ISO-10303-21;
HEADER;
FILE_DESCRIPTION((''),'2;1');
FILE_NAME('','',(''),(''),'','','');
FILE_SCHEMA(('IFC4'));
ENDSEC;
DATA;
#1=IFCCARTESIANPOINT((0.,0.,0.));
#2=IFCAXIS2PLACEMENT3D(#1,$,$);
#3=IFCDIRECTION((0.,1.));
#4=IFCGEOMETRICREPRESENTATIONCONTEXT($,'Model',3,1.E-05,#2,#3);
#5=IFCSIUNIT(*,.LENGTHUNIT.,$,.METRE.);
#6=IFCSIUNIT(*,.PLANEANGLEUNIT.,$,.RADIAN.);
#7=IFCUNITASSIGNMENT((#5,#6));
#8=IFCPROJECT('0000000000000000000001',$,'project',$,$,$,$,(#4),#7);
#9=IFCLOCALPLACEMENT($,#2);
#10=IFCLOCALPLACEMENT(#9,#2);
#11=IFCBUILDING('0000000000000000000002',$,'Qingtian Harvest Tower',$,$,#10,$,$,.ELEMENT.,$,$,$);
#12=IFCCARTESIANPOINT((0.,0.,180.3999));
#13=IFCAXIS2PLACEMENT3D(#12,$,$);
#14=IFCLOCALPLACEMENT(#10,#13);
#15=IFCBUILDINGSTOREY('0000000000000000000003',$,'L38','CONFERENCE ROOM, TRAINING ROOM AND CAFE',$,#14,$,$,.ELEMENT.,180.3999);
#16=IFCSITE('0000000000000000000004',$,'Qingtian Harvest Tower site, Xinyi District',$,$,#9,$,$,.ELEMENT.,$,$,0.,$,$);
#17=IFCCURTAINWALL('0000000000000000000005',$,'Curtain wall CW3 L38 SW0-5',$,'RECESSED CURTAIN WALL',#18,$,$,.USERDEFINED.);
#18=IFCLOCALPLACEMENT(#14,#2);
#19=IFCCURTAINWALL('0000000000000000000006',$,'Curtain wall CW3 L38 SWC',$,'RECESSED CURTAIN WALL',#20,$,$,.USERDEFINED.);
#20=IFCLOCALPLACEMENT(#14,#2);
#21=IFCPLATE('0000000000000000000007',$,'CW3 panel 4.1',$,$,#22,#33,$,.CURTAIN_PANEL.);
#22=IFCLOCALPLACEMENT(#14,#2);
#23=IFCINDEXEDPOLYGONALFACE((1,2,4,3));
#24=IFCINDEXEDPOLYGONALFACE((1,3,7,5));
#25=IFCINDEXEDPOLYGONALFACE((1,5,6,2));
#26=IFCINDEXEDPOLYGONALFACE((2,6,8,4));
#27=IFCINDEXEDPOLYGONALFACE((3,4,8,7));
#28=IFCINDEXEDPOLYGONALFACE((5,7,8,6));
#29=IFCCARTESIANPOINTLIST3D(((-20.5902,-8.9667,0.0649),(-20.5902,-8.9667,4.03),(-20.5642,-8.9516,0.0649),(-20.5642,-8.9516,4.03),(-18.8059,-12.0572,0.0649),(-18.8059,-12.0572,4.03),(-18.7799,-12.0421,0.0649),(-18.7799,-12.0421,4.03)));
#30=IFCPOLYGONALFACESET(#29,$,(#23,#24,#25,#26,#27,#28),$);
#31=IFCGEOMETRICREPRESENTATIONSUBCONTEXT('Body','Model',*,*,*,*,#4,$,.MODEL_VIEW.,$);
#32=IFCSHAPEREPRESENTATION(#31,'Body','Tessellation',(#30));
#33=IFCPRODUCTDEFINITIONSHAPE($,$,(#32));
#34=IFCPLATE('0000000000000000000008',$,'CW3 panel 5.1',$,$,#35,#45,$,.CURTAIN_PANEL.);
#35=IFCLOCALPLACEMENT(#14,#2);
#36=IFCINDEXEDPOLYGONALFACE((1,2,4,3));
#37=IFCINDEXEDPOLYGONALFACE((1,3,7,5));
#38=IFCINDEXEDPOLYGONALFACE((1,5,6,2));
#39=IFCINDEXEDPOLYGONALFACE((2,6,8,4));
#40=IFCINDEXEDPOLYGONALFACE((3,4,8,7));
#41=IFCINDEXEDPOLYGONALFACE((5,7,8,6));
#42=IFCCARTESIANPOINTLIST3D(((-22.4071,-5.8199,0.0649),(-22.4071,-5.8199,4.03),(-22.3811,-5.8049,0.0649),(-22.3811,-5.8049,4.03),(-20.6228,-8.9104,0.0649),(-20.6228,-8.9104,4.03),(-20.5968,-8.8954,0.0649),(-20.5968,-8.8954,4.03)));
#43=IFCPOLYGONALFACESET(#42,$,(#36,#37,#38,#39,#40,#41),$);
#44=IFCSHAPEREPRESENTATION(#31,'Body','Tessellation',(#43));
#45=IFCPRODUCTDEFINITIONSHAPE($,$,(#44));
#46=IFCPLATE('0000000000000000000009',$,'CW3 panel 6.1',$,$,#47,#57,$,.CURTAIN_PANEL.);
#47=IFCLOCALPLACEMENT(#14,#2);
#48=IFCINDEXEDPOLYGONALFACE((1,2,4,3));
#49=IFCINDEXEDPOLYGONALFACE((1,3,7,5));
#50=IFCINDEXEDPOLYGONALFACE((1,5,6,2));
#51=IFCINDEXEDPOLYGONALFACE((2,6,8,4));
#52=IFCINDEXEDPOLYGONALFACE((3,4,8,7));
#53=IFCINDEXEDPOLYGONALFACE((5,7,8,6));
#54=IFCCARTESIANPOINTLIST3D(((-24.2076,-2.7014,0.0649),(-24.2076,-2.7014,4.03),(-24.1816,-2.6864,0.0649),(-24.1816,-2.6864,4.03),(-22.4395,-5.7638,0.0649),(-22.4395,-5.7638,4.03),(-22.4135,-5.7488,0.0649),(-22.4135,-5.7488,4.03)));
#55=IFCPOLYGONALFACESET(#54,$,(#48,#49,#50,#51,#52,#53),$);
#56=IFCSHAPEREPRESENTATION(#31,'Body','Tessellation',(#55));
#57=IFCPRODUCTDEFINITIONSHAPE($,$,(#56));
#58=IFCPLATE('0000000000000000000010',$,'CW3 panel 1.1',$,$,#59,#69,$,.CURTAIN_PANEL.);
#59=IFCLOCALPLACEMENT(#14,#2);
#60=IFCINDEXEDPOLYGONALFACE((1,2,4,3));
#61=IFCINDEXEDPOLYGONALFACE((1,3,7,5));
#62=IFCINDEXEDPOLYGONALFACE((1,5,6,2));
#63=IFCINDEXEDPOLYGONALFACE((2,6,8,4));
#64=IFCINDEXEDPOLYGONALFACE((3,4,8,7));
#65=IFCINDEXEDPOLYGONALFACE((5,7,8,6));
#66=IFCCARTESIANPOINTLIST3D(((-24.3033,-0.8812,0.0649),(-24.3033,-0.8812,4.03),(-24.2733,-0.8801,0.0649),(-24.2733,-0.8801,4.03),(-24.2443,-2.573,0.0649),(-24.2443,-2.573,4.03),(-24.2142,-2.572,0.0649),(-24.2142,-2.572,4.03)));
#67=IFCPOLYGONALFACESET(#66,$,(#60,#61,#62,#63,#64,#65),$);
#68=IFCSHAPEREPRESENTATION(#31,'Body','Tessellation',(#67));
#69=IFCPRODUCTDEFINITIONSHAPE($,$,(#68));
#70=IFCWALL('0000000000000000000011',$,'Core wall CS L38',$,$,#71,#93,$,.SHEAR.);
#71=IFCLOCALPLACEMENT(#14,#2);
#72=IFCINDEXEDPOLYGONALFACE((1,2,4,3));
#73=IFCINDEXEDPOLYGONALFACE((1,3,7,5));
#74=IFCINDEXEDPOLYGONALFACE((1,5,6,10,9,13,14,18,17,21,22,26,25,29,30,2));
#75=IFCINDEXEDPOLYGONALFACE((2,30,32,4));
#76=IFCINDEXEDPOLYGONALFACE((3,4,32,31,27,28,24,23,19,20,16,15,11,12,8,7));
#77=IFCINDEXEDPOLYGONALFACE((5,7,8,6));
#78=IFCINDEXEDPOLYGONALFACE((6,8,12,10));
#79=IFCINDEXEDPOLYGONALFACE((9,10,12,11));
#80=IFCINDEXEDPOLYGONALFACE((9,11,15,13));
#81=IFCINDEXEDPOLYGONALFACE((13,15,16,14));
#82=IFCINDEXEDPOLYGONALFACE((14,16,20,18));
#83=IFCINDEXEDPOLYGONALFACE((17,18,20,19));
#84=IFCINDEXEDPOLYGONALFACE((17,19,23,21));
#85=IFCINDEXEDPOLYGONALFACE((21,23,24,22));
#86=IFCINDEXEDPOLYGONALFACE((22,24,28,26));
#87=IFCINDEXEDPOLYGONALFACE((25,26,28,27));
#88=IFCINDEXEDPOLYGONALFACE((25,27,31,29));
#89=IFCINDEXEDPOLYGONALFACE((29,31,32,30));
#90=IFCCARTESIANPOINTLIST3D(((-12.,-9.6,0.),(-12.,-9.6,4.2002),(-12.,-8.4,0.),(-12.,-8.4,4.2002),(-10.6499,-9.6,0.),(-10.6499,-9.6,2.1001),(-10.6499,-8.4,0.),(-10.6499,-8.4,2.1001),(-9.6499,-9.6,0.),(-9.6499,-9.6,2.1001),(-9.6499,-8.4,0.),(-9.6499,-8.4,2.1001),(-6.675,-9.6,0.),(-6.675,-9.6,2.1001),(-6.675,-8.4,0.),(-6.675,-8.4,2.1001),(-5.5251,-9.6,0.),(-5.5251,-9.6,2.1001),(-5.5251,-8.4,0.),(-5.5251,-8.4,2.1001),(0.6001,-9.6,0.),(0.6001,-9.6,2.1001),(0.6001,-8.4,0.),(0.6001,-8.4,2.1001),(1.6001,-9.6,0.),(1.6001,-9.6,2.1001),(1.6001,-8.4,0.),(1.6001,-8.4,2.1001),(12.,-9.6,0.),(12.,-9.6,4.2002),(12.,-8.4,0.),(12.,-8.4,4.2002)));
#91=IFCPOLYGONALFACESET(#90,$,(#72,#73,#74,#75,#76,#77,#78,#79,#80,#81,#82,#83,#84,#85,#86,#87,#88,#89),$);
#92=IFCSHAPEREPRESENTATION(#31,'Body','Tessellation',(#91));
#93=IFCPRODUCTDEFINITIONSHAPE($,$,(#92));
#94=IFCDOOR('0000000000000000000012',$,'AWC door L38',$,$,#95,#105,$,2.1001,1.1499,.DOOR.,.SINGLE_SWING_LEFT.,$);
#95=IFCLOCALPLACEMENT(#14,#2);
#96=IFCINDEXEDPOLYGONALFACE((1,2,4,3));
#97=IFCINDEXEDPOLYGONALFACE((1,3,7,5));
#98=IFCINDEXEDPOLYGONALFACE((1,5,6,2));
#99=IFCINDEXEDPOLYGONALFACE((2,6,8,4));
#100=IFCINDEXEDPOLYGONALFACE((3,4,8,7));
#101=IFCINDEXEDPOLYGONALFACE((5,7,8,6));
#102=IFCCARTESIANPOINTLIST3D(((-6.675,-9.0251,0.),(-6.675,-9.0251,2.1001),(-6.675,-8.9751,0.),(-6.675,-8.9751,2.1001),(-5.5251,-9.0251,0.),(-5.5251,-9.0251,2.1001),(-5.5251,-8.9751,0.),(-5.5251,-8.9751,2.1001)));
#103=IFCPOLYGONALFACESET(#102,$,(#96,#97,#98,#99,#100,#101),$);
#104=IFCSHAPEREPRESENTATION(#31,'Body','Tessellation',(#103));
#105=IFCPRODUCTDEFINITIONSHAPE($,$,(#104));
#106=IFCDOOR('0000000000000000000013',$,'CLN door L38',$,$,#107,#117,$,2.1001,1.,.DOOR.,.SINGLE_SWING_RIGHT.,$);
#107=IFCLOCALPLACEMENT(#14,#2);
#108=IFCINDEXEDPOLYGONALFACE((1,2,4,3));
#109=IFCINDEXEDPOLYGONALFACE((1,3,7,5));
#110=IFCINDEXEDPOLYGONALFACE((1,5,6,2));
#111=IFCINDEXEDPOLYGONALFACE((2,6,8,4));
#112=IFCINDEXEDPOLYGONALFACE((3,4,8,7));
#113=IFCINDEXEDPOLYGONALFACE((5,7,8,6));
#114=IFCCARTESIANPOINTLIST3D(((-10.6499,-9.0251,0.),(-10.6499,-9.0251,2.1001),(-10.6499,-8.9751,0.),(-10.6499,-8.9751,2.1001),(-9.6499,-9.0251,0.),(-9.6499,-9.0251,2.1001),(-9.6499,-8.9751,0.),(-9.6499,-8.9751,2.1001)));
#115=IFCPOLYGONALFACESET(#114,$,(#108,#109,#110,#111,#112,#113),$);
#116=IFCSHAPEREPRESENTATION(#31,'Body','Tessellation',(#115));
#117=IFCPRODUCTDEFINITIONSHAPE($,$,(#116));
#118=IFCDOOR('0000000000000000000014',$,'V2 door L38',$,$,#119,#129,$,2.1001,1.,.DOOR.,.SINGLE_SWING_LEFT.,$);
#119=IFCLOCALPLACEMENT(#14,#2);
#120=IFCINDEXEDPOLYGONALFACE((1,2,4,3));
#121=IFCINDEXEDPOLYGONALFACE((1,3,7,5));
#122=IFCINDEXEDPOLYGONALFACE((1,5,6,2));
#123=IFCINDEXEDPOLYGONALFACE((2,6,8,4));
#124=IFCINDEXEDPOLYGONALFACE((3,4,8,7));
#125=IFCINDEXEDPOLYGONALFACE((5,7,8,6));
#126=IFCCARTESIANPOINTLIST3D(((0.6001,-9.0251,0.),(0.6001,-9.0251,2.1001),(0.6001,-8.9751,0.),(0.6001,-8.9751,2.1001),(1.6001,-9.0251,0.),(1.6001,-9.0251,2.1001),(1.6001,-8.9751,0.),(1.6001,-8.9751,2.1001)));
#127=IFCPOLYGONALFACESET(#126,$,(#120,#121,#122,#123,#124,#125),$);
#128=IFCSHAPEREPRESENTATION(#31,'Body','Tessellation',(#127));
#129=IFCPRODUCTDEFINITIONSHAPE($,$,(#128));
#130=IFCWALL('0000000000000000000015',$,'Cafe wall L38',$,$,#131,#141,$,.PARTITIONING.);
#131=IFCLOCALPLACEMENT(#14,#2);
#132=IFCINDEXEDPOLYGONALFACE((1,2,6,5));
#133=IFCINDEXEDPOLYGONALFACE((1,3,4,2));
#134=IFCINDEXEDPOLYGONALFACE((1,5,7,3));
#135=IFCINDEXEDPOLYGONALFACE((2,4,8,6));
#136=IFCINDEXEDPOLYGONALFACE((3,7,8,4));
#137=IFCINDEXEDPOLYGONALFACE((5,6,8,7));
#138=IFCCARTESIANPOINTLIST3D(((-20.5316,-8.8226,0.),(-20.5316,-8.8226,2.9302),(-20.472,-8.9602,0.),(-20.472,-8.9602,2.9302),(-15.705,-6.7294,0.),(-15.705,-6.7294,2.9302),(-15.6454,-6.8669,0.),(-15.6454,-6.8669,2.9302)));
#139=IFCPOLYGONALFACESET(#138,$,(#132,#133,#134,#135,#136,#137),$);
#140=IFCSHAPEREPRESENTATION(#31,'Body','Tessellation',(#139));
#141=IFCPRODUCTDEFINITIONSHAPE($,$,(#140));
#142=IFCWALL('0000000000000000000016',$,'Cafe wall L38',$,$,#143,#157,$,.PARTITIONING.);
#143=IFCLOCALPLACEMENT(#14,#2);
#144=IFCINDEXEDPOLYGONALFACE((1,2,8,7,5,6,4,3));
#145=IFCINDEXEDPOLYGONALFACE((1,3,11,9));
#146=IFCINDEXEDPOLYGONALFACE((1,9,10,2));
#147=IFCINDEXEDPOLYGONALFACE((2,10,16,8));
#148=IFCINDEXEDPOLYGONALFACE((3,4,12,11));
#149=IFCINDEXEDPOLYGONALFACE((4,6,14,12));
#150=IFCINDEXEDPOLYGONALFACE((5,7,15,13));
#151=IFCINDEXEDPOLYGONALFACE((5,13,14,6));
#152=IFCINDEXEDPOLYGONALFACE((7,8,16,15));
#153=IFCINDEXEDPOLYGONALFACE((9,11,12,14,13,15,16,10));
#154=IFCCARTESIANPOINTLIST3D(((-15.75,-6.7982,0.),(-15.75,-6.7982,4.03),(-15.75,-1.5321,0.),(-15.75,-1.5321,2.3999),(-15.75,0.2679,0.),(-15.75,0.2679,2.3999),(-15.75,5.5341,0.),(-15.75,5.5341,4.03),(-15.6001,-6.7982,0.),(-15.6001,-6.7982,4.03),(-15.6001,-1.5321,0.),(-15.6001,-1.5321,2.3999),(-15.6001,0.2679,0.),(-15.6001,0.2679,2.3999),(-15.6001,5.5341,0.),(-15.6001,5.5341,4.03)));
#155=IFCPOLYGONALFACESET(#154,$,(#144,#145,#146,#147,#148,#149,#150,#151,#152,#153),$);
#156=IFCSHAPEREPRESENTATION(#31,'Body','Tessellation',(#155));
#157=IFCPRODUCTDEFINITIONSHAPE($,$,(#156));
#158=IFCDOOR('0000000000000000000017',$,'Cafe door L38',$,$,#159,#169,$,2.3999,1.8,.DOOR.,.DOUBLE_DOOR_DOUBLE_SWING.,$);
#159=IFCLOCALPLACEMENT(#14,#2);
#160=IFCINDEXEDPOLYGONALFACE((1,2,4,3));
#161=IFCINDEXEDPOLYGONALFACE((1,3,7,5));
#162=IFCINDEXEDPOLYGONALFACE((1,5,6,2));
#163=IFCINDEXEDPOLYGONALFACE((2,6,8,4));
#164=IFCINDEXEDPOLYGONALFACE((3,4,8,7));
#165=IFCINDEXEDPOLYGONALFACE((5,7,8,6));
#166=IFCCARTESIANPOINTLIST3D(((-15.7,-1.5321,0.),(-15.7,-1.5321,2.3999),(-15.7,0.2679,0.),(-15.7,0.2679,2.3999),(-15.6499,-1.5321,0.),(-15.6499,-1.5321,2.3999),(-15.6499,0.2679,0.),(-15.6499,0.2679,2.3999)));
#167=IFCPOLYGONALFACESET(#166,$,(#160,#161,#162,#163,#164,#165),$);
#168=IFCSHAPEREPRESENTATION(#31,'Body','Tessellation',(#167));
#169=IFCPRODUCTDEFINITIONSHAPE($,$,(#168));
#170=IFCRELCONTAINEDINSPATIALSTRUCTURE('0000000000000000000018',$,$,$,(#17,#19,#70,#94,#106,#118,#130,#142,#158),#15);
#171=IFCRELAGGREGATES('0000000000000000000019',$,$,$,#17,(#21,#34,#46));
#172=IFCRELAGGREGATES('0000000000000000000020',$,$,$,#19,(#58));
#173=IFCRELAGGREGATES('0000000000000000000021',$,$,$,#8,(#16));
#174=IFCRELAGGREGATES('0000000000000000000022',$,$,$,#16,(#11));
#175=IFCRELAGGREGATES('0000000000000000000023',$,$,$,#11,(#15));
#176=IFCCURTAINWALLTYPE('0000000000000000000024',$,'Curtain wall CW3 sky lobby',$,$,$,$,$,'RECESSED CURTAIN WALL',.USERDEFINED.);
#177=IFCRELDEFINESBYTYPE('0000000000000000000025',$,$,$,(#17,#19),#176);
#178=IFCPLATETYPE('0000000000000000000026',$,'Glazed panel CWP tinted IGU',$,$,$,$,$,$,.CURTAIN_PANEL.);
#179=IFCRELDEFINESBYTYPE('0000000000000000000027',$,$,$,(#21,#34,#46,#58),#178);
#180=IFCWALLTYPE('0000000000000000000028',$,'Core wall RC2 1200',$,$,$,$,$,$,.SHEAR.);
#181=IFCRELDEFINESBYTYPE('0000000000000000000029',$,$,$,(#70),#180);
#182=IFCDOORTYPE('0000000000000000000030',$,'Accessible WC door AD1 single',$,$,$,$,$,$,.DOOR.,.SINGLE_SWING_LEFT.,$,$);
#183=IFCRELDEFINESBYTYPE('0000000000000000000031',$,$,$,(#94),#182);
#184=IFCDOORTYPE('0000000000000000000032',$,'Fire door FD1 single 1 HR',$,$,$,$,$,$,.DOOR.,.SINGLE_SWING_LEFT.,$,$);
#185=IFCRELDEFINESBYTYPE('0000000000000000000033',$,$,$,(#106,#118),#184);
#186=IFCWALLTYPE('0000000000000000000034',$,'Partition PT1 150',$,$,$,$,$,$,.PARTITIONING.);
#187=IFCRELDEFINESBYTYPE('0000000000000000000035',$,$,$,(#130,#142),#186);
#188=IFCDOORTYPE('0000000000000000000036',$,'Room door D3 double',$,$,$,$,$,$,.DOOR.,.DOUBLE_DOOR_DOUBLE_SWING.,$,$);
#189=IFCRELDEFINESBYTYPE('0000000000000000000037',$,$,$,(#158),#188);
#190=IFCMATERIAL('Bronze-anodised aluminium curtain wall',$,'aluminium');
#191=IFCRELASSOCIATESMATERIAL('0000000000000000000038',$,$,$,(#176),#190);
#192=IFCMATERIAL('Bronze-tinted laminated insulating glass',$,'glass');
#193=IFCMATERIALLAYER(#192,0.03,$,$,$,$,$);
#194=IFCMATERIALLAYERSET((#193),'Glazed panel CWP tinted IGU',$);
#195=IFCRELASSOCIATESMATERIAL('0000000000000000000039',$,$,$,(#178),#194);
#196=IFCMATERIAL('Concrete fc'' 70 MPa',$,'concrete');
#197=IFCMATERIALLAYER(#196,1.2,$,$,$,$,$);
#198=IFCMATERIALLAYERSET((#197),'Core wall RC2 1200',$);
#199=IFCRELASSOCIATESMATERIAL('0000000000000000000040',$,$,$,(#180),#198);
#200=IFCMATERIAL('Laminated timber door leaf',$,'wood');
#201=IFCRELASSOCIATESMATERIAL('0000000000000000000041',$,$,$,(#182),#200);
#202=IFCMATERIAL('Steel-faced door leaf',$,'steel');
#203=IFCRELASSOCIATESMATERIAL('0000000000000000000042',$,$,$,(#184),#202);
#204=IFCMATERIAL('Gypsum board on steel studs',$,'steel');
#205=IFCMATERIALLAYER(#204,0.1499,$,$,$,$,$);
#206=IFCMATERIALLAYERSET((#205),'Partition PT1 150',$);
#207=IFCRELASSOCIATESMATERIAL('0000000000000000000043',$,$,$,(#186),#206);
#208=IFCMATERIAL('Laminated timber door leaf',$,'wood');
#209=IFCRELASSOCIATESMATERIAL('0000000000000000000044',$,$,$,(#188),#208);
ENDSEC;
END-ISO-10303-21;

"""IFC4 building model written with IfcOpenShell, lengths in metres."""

from ifc_helpers import new_model, si_unit, direction, frame, frame_2d, origin, origin_2d, place, context, subcontext, project, spatial, rectangle, extrude, material, layer, layer_set, type_object, element, fill, aggregate, save


model = new_model("IFC4")

# Units and contexts
model_context = context("Model", 3, precision=1e-05, world=origin(), true_north=direction((0.0, 1.0)))
body_context = subcontext(model_context, "Body", "Model", "MODEL_VIEW")
ifc_project = project(units=[si_unit("LENGTHUNIT", "METRE"), si_unit("PLANEANGLEUNIT", "RADIAN")], contexts=[model_context])

# Site, building, storey
site_placement = place(None, origin())
site = spatial("IfcSite", under=ifc_project, at=site_placement, Name="Qingtian Harvest Tower site, Xinyi District", CompositionType="ELEMENT", RefElevation=0.0)
building_placement = place(site_placement, origin())
building = spatial("IfcBuilding", under=site, at=building_placement, Name="Qingtian Harvest Tower", CompositionType="ELEMENT")
storey_placement = place(building_placement, frame((0.0, 0.0, 180.3999)))
storey = spatial("IfcBuildingStorey", under=building, at=storey_placement, Name="L38", Description="CONFERENCE ROOM, TRAINING ROOM AND CAFE", CompositionType="ELEMENT", Elevation=180.3999)

# Curtain walls
ifc_material_1 = material(Name="Bronze-anodised aluminium curtain wall", Category="aluminium")
curtain_wall_type = type_object("IfcCurtainWallType", Name="Curtain wall CW3 sky lobby", ElementType="RECESSED CURTAIN WALL", PredefinedType="USERDEFINED", material=ifc_material_1)
curtain_wall_1_placement = place(storey_placement, origin())
curtain_wall_1 = element("IfcCurtainWall", 1, at=curtain_wall_1_placement, inside=storey, type_object=curtain_wall_type, Name="Curtain wall CW3 L38 SW0-5", ObjectType="RECESSED CURTAIN WALL", PredefinedType="USERDEFINED")
curtain_wall_2_placement = place(storey_placement, origin())
curtain_wall_2 = element("IfcCurtainWall", 2, at=curtain_wall_2_placement, inside=storey, type_object=curtain_wall_type, Name="Curtain wall CW3 L38 SWC", ObjectType="RECESSED CURTAIN WALL", PredefinedType="USERDEFINED")

# Plates
ifc_material_2 = material(Name="Bronze-tinted laminated insulating glass", Category="glass")
ifc_layer_1 = layer(ifc_material_2, 0.03)
ifc_layer_set_1 = layer_set([ifc_layer_1], Name="Glazed panel CWP tinted IGU")
plate_type = type_object("IfcPlateType", Name="Glazed panel CWP tinted IGU", PredefinedType="CURTAIN_PANEL", material=ifc_layer_set_1)
plate_1_placement = place(storey_placement, frame((-19.6851, -10.5044, 0.0649), z_axis=(0.0, 0.0, 1.0), x_axis=(-0.5, 0.866025, 0.0)))
plate_1 = element("IfcPlate", 3, at=plate_1_placement, type_object=plate_type, Name="CW3 panel 4.1", PredefinedType="CURTAIN_PANEL", context=body_context, shape_type="SweptSolid", body=[
    extrude(rectangle(XDim=3.5686, YDim=0.03, at=origin_2d()), origin(), (0.0, 0.0, 1.0), 3.9651),
])
plate_2_placement = place(storey_placement, frame((-21.502, -7.3577, 0.0649), z_axis=(0.0, 0.0, 1.0), x_axis=(-0.5, 0.866025, 0.0)))
plate_2 = element("IfcPlate", 4, at=plate_2_placement, type_object=plate_type, Name="CW3 panel 5.1", PredefinedType="CURTAIN_PANEL", context=body_context, shape_type="SweptSolid", body=[
    extrude(rectangle(XDim=3.5686, YDim=0.03, at=origin_2d()), origin(), (0.0, 0.0, 1.0), 3.9651),
])
plate_3_placement = place(storey_placement, frame((-23.3105, -4.2251, 0.0649), z_axis=(0.0, 0.0, 1.0), x_axis=(-0.5, 0.866025, 0.0)))
plate_3 = element("IfcPlate", 5, at=plate_3_placement, type_object=plate_type, Name="CW3 panel 6.1", PredefinedType="CURTAIN_PANEL", context=body_context, shape_type="SweptSolid", body=[
    extrude(rectangle(XDim=3.5361, YDim=0.03, at=origin_2d()), origin(), (0.0, 0.0, 1.0), 3.9651),
])
aggregate(curtain_wall_1, [plate_1, plate_2, plate_3])
plate_4_placement = place(storey_placement, frame((-24.2588, -1.7266, 0.0649), z_axis=(0.0, 0.0, 1.0), x_axis=(-0.034899, 0.999391, 0.0)))
plate_4 = element("IfcPlate", 6, at=plate_4_placement, type_object=plate_type, Name="CW3 panel 1.1", PredefinedType="CURTAIN_PANEL", context=body_context, shape_type="SweptSolid", body=[
    extrude(rectangle(XDim=1.6929, YDim=0.03, at=origin_2d()), origin(), (0.0, 0.0, 1.0), 3.9651),
])
aggregate(curtain_wall_2, [plate_4])

# Wall, openings, doors
ifc_material_3 = material(Name="Concrete fc' 70 MPa", Category="concrete")
ifc_layer_2 = layer(ifc_material_3, 1.2)
ifc_layer_set_2 = layer_set([ifc_layer_2], Name="Core wall RC2 1200")
wall_type_1 = type_object("IfcWallType", Name="Core wall RC2 1200", PredefinedType="SHEAR", material=ifc_layer_set_2)
wall_1_placement = place(storey_placement, frame((-12.0, -9.0, 0.0), z_axis=(0.0, 0.0, 1.0), x_axis=(1.0, 0.0, 0.0)))
wall_1 = element("IfcWall", 7, at=wall_1_placement, inside=storey, type_object=wall_type_1, Name="Core wall CS L38", PredefinedType="SHEAR", context=body_context, shape_type="SweptSolid", body=[
    extrude(rectangle(XDim=24.0, YDim=1.2, at=frame_2d((12.0, 0.0))), origin(), (0.0, 0.0, 1.0), 4.2002),
])
opening_1_placement = place(wall_1_placement, frame((1.3501, 0.0, 0.0)))
opening_1 = element("IfcOpeningElement", 8, at=opening_1_placement, cuts=wall_1, PredefinedType="OPENING", context=body_context, shape_type="SweptSolid", body=[
    extrude(rectangle(XDim=1.0, YDim=2.1001, at=frame_2d((0.5, 1.05))), frame((0.0, 0.6099, 0.0), z_axis=(0.0, -1.0, 0.0), x_axis=(1.0, 0.0, 0.0)), (0.0, 0.0, 1.0), 1.22),
])
opening_2_placement = place(wall_1_placement, frame((5.325, 0.0, 0.0)))
opening_2 = element("IfcOpeningElement", 9, at=opening_2_placement, cuts=wall_1, PredefinedType="OPENING", context=body_context, shape_type="SweptSolid", body=[
    extrude(rectangle(XDim=1.1499, YDim=2.1001, at=frame_2d((0.575, 1.05))), frame((0.0, 0.6099, 0.0), z_axis=(0.0, -1.0, 0.0), x_axis=(1.0, 0.0, 0.0)), (0.0, 0.0, 1.0), 1.22),
])
opening_3_placement = place(wall_1_placement, frame((12.6001, 0.0, 0.0)))
opening_3 = element("IfcOpeningElement", 10, at=opening_3_placement, cuts=wall_1, PredefinedType="OPENING", context=body_context, shape_type="SweptSolid", body=[
    extrude(rectangle(XDim=1.0, YDim=2.1001, at=frame_2d((0.5, 1.05))), frame((0.0, 0.6099, 0.0), z_axis=(0.0, -1.0, 0.0), x_axis=(1.0, 0.0, 0.0)), (0.0, 0.0, 1.0), 1.22),
])
ifc_material_4 = material(Name="Laminated timber door leaf", Category="wood")
door_type_1 = type_object("IfcDoorType", Name="Accessible WC door AD1 single", OperationType="SINGLE_SWING_LEFT", PredefinedType="DOOR", material=ifc_material_4)
door_1_placement = place(opening_2_placement, origin())
door_1 = element("IfcDoor", 11, at=door_1_placement, inside=storey, type_object=door_type_1, Name="AWC door L38", OperationType="SINGLE_SWING_LEFT", OverallHeight=2.1001, OverallWidth=1.1499, PredefinedType="DOOR", context=body_context, shape_type="SweptSolid", body=[
    extrude(rectangle(XDim=1.1499, YDim=2.1001, at=frame_2d((0.575, 1.05))), frame((0.0, 0.0249, 0.0), z_axis=(0.0, -1.0, 0.0), x_axis=(1.0, 0.0, 0.0)), (0.0, 0.0, 1.0), 0.05),
])
fill(opening_2, door_1)
ifc_material_5 = material(Name="Steel-faced door leaf", Category="steel")
door_type_2 = type_object("IfcDoorType", Name="Fire door FD1 single 1 HR", OperationType="SINGLE_SWING_LEFT", PredefinedType="DOOR", material=ifc_material_5)
door_2_placement = place(opening_1_placement, origin())
door_2 = element("IfcDoor", 12, at=door_2_placement, inside=storey, type_object=door_type_2, Name="CLN door L38", OperationType="SINGLE_SWING_RIGHT", OverallHeight=2.1001, OverallWidth=1.0, PredefinedType="DOOR", context=body_context, shape_type="SweptSolid", body=[
    extrude(rectangle(XDim=1.0, YDim=2.1001, at=frame_2d((0.5, 1.05))), frame((0.0, 0.0249, 0.0), z_axis=(0.0, -1.0, 0.0), x_axis=(1.0, 0.0, 0.0)), (0.0, 0.0, 1.0), 0.05),
])
fill(opening_1, door_2)
door_3_placement = place(opening_3_placement, origin())
door_3 = element("IfcDoor", 13, at=door_3_placement, inside=storey, type_object=door_type_2, Name="V2 door L38", OperationType="SINGLE_SWING_LEFT", OverallHeight=2.1001, OverallWidth=1.0, PredefinedType="DOOR", context=body_context, shape_type="SweptSolid", body=[
    extrude(rectangle(XDim=1.0, YDim=2.1001, at=frame_2d((0.5, 1.05))), frame((0.0, 0.0249, 0.0), z_axis=(0.0, -1.0, 0.0), x_axis=(1.0, 0.0, 0.0)), (0.0, 0.0, 1.0), 0.05),
])
fill(opening_3, door_3)

# Wall
ifc_material_6 = material(Name="Gypsum board on steel studs", Category="steel")
ifc_layer_3 = layer(ifc_material_6, 0.1499)
ifc_layer_set_3 = layer_set([ifc_layer_3], Name="Partition PT1 150")
wall_type_2 = type_object("IfcWallType", Name="Partition PT1 150", PredefinedType="PARTITIONING", material=ifc_layer_set_3)
wall_2_placement = place(storey_placement, frame((-20.5017, -8.8914, 0.0), z_axis=(0.0, 0.0, 1.0), x_axis=(0.917437, 0.397881, 0.0)))
element("IfcWall", 14, at=wall_2_placement, inside=storey, type_object=wall_type_2, Name="Cafe wall L38", PredefinedType="PARTITIONING", context=body_context, shape_type="SweptSolid", body=[
    extrude(rectangle(XDim=5.261, YDim=0.1499, at=frame_2d((2.6304, 0.0))), origin(), (0.0, 0.0, 1.0), 2.9302),
])

# Wall, opening, door
wall_3_placement = place(storey_placement, frame((-15.675, -6.7981, 0.0), z_axis=(0.0, 0.0, 1.0), x_axis=(0.0, 1.0, 0.0)))
wall_3 = element("IfcWall", 15, at=wall_3_placement, inside=storey, type_object=wall_type_2, Name="Cafe wall L38", PredefinedType="PARTITIONING", context=body_context, shape_type="SweptSolid", body=[
    extrude(rectangle(XDim=12.3323, YDim=0.1499, at=frame_2d((6.166, 0.0))), origin(), (0.0, 0.0, 1.0), 4.03),
])
opening_4_placement = place(wall_3_placement, frame((5.2661, 0.0, 0.0)))
opening_4 = element("IfcOpeningElement", 16, at=opening_4_placement, cuts=wall_3, PredefinedType="OPENING", context=body_context, shape_type="SweptSolid", body=[
    extrude(rectangle(XDim=1.8, YDim=2.3999, at=frame_2d((0.8999, 1.2))), frame((0.0, 0.085, 0.0), z_axis=(0.0, -1.0, 0.0), x_axis=(1.0, 0.0, 0.0)), (0.0, 0.0, 1.0), 0.1699),
])
ifc_material_7 = material(Name="Laminated timber door leaf", Category="wood")
door_type_3 = type_object("IfcDoorType", Name="Room door D3 double", OperationType="DOUBLE_DOOR_DOUBLE_SWING", PredefinedType="DOOR", material=ifc_material_7)
door_4_placement = place(opening_4_placement, origin())
door_4 = element("IfcDoor", 17, at=door_4_placement, inside=storey, type_object=door_type_3, Name="Cafe door L38", OperationType="DOUBLE_DOOR_DOUBLE_SWING", OverallHeight=2.3999, OverallWidth=1.8, PredefinedType="DOOR", context=body_context, shape_type="SweptSolid", body=[
    extrude(rectangle(XDim=1.8, YDim=2.3999, at=frame_2d((0.8999, 1.2))), frame((0.0, 0.0249, 0.0), z_axis=(0.0, -1.0, 0.0), x_axis=(1.0, 0.0, 0.0)), (0.0, 0.0, 1.0), 0.05),
])
fill(opening_4, door_4)

save(model, "model.ifc")
